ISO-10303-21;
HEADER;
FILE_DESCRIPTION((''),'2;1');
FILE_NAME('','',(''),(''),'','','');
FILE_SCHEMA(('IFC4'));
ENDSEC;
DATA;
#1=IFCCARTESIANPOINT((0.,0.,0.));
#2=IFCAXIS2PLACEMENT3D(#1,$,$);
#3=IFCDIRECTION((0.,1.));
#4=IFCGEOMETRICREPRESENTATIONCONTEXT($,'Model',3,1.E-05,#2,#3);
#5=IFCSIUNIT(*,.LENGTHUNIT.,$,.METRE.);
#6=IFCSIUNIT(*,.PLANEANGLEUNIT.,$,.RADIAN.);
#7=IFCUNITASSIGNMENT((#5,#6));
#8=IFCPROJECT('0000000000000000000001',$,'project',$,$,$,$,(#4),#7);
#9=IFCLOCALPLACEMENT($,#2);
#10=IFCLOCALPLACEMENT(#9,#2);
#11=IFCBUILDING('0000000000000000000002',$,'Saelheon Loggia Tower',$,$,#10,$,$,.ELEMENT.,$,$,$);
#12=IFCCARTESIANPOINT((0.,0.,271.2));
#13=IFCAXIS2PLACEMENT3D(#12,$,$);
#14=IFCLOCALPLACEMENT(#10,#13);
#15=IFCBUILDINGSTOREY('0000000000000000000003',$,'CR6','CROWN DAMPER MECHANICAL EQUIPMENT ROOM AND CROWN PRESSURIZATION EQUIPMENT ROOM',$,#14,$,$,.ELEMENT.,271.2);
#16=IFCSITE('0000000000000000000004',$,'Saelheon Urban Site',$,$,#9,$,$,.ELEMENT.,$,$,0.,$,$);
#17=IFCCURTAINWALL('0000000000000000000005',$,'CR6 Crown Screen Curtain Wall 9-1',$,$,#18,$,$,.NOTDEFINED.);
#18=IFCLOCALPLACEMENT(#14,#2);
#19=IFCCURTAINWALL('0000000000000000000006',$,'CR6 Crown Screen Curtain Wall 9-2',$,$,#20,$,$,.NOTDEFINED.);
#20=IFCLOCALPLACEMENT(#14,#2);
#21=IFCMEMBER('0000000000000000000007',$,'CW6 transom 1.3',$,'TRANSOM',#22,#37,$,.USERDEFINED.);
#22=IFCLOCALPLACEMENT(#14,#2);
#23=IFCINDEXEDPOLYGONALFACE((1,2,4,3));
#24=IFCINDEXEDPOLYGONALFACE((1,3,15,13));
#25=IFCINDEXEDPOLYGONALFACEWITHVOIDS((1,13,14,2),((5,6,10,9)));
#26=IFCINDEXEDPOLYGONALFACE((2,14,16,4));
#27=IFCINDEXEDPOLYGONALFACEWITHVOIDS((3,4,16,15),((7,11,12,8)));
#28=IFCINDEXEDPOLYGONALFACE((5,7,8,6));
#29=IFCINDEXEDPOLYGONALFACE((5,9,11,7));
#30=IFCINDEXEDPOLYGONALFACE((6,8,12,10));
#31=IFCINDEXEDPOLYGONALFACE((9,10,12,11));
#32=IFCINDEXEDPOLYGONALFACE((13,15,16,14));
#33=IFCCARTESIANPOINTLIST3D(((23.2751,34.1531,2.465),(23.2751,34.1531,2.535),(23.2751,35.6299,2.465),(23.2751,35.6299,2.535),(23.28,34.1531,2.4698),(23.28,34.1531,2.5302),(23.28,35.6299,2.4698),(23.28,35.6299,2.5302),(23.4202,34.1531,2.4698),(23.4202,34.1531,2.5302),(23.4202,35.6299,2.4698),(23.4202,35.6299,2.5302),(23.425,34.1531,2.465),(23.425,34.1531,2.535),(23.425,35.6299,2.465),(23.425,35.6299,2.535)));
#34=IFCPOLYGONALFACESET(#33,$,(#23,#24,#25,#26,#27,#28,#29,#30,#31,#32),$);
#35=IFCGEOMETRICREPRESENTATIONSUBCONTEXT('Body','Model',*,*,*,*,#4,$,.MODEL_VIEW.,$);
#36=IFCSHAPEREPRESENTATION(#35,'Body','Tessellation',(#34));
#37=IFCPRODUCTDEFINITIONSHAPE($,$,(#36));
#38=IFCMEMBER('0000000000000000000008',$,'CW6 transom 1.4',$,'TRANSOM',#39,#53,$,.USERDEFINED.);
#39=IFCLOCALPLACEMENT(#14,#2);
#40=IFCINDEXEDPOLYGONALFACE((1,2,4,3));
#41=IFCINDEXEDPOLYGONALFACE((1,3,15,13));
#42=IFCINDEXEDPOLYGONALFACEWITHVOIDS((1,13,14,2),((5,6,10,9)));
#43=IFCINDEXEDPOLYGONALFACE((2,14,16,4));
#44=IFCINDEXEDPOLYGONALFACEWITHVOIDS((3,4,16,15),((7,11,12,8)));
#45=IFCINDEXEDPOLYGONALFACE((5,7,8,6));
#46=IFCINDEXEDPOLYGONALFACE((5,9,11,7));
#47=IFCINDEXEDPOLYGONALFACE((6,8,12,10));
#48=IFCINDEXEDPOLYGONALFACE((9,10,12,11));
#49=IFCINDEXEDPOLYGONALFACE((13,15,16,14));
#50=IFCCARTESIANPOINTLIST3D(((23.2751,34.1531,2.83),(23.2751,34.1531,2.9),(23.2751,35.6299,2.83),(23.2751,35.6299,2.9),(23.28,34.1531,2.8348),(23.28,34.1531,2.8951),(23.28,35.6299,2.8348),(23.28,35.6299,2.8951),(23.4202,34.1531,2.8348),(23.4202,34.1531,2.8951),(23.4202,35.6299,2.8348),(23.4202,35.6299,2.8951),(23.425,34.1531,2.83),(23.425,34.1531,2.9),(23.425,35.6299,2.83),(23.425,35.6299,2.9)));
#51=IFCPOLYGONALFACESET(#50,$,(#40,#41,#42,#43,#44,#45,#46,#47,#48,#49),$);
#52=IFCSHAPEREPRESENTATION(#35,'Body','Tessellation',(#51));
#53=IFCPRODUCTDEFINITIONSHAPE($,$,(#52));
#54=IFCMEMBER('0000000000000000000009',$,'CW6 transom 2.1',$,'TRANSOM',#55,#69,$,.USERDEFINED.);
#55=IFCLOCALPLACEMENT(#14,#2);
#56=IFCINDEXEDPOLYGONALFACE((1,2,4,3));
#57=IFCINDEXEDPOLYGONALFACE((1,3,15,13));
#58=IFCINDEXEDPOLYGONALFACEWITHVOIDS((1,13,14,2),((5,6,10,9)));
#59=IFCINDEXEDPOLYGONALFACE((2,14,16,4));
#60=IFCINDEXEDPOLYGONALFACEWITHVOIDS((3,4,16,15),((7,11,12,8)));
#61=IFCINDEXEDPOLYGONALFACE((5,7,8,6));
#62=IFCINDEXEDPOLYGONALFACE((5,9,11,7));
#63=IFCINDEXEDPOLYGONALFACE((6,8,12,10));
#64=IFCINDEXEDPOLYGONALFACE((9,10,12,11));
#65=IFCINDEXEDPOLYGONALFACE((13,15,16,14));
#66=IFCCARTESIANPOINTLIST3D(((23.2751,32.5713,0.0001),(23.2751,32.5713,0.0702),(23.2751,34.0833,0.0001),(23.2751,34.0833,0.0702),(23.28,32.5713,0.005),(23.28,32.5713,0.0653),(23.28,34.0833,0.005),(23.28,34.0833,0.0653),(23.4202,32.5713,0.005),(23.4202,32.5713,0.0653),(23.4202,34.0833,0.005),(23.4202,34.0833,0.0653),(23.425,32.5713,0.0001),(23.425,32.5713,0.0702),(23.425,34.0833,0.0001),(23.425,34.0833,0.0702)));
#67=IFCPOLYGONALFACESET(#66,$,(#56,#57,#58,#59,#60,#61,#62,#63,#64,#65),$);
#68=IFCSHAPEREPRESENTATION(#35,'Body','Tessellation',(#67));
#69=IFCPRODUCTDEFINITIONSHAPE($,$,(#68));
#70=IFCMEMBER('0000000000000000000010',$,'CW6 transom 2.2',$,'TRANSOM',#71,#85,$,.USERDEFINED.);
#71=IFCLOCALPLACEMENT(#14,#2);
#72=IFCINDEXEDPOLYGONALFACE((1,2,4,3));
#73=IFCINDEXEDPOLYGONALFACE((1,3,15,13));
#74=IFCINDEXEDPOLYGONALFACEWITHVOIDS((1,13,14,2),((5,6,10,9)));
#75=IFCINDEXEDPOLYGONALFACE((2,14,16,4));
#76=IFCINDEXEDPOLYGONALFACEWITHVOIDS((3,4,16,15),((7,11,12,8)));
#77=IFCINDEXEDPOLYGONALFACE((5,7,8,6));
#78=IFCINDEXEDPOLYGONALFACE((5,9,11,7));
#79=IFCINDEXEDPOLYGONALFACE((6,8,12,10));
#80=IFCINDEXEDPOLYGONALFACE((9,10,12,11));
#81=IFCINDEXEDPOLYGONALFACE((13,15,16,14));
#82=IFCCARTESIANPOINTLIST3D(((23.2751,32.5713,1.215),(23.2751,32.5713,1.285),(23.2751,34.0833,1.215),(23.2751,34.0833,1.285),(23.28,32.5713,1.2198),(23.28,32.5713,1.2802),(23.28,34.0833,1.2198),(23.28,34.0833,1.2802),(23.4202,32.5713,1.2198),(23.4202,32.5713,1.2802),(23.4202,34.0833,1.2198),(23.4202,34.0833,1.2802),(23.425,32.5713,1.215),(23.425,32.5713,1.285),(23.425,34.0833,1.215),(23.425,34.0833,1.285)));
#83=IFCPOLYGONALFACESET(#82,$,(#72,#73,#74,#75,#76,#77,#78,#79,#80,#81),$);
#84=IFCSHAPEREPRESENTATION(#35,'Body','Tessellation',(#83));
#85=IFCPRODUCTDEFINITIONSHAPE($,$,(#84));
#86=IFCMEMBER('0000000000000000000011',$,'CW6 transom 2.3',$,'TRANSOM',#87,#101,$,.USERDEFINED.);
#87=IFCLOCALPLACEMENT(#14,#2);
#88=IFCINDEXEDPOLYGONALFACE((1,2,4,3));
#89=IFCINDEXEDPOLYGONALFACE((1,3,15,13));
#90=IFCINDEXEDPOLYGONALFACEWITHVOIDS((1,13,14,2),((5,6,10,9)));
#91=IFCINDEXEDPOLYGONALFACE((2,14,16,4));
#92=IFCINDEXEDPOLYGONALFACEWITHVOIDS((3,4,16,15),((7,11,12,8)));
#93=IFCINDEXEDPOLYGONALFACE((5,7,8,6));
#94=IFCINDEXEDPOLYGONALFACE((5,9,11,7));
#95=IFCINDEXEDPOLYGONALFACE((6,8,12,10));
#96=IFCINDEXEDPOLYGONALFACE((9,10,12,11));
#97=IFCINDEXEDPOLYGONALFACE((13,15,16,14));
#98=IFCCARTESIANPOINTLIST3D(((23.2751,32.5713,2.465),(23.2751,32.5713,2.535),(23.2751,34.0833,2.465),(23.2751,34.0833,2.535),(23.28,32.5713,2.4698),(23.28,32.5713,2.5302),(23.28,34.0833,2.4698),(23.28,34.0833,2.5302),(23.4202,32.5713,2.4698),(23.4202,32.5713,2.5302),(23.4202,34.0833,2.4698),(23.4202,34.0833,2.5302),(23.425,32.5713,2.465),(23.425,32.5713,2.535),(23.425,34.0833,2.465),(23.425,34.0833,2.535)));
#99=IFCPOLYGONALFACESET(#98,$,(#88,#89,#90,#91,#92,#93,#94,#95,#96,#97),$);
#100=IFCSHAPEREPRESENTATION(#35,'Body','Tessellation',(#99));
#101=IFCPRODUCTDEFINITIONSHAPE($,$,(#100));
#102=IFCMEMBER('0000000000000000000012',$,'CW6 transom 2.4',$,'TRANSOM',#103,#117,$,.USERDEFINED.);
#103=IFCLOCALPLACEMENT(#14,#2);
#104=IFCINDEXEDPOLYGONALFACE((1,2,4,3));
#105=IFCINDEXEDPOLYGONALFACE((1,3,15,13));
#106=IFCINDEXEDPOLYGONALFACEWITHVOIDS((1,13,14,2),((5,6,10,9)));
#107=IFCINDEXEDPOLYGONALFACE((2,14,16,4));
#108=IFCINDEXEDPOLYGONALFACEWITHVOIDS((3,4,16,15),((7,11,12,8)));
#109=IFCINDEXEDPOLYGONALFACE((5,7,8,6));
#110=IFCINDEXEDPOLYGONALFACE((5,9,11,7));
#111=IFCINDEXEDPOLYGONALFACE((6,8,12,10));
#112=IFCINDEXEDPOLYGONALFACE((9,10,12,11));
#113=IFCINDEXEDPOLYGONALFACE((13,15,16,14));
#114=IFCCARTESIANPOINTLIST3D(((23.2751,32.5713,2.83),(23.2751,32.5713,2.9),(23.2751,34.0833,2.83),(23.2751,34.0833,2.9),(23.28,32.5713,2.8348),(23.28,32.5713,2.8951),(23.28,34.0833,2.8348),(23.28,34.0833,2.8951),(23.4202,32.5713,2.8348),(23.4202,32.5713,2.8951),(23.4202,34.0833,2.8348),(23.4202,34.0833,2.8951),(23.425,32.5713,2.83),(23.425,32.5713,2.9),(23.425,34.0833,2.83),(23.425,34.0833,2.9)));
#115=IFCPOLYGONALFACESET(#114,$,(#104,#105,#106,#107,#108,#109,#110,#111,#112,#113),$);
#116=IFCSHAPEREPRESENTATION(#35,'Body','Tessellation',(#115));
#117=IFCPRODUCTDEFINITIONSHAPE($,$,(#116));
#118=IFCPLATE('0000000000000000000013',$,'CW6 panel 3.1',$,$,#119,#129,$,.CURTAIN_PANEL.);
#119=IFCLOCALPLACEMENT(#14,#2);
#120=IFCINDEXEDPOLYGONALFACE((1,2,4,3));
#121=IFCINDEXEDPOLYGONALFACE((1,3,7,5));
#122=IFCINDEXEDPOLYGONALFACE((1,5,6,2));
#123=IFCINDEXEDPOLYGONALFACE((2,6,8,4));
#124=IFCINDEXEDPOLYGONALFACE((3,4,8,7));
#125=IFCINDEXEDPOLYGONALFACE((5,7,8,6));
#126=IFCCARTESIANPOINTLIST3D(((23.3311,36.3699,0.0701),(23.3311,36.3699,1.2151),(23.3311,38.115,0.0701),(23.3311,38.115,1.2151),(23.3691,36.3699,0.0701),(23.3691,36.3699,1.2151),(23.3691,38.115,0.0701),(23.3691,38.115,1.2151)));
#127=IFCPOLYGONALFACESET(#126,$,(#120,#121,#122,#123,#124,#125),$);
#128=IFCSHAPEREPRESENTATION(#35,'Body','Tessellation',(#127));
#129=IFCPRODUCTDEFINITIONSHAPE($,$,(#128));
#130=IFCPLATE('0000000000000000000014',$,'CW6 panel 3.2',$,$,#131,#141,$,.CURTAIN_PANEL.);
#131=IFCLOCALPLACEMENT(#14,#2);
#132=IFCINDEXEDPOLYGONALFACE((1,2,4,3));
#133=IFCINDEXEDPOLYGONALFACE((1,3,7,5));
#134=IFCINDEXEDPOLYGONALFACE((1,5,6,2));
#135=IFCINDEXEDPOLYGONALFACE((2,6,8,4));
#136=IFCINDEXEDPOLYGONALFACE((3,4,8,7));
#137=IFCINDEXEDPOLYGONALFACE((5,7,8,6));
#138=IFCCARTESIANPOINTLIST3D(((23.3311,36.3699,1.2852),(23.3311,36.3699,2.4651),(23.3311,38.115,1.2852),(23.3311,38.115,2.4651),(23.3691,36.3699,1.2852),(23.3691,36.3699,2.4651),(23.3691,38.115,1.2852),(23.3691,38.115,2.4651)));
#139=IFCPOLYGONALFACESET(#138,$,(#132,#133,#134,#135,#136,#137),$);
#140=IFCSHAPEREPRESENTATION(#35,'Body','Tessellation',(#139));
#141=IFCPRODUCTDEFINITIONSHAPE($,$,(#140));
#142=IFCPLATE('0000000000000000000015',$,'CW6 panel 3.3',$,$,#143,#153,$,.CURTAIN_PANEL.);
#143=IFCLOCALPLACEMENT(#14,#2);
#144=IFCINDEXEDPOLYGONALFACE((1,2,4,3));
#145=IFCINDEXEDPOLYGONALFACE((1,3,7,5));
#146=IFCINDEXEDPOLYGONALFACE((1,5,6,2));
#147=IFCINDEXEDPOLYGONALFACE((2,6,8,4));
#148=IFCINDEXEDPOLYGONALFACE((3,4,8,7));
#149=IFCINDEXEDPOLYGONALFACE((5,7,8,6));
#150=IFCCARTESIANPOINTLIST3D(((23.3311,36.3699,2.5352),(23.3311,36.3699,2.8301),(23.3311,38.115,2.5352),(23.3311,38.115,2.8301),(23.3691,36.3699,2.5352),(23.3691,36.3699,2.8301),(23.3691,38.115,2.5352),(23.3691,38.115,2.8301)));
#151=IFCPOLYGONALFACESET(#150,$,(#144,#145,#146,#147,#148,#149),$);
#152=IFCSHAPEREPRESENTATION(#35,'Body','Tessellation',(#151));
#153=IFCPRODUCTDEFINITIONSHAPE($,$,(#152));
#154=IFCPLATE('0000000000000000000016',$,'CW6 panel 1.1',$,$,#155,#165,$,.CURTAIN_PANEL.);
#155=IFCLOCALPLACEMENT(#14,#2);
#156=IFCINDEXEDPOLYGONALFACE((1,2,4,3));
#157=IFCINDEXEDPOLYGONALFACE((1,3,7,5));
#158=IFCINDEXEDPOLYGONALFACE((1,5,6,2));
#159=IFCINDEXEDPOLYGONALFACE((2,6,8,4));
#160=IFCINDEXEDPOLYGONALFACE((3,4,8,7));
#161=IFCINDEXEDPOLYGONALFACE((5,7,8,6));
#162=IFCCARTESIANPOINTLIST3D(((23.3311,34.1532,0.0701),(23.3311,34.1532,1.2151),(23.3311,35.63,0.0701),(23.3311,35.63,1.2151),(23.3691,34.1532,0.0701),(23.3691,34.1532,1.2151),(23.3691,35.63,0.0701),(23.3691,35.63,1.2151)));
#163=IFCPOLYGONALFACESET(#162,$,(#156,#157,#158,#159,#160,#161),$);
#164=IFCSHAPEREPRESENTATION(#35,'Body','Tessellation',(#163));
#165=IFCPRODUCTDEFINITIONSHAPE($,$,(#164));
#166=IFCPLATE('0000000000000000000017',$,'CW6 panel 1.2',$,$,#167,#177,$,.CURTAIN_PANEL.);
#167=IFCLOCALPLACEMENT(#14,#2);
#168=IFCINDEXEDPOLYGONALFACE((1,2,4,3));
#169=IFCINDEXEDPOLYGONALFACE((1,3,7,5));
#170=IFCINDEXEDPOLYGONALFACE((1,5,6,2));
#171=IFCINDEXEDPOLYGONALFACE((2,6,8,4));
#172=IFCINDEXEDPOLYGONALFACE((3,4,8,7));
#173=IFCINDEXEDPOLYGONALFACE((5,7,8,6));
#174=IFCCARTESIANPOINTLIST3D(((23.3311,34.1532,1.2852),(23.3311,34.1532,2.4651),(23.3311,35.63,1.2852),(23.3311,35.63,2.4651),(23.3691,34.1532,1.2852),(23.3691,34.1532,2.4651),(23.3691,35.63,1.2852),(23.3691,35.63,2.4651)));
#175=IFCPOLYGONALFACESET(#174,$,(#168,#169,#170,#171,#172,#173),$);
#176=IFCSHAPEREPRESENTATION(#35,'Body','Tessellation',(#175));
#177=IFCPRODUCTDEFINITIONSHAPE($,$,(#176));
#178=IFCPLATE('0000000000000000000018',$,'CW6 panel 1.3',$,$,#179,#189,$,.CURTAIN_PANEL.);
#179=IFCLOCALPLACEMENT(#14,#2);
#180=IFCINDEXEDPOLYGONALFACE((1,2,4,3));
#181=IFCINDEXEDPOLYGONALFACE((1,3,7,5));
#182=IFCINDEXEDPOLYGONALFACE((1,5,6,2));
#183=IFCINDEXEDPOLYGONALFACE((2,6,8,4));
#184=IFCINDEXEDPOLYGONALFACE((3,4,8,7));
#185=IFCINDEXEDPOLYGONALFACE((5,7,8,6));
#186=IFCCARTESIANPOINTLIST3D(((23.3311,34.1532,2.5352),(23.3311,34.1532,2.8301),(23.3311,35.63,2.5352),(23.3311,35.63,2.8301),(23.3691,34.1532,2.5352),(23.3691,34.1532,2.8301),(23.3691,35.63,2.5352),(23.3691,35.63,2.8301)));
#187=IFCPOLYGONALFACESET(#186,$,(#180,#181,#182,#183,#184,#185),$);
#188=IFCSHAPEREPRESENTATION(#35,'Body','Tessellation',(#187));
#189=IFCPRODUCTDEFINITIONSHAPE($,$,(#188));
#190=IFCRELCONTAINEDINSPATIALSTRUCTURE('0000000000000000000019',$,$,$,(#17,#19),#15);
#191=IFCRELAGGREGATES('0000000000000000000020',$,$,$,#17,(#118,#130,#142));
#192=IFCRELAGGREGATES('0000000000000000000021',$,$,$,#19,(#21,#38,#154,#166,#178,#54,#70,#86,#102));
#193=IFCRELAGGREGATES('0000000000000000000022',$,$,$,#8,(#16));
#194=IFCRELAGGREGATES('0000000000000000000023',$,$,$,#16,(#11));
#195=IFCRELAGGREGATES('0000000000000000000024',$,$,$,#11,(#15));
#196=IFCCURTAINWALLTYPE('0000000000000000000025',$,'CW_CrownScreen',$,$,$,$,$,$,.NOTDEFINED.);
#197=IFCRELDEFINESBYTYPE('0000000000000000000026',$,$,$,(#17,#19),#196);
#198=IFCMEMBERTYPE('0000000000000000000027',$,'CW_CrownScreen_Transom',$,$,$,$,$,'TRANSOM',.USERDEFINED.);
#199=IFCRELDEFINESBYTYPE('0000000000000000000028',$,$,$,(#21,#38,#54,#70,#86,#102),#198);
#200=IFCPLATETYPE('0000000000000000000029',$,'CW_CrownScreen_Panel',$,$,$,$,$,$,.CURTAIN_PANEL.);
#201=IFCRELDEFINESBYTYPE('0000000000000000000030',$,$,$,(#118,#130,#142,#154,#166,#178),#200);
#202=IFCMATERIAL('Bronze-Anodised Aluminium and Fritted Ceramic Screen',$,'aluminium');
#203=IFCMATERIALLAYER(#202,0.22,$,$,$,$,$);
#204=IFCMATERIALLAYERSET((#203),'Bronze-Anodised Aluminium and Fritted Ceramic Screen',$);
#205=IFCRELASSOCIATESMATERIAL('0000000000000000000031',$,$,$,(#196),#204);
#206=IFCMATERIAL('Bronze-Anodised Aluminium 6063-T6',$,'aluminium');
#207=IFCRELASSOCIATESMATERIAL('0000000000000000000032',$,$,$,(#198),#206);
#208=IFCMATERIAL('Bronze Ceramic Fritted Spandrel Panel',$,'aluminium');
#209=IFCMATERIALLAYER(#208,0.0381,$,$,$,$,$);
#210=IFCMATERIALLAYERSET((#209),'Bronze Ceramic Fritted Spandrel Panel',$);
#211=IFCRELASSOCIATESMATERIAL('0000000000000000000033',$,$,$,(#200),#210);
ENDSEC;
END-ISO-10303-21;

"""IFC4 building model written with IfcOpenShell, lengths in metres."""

from ifc_helpers import new_model, si_unit, direction, frame, origin, origin_2d, place, context, subcontext, project, spatial, rectangle, hollow_rectangle, extrude, source, transform, mapped, material, layer, layer_set, material_profile, profile_set, type_object, element, aggregate, save


model = new_model("IFC4")

# Units and contexts
model_context = context("Model", 3, precision=1e-05, world=origin(), true_north=direction((0.0, 1.0)))
body_context = subcontext(model_context, "Body", "Model", "MODEL_VIEW")
ifc_project = project(units=[si_unit("LENGTHUNIT", "METRE"), si_unit("PLANEANGLEUNIT", "RADIAN")], contexts=[model_context])

# Site, building, storey
site_placement = place(None, origin())
site = spatial("IfcSite", under=ifc_project, at=site_placement, Name="Saelheon Urban Site", CompositionType="ELEMENT", RefElevation=0.0)
building_placement = place(site_placement, origin())
building = spatial("IfcBuilding", under=site, at=building_placement, Name="Saelheon Loggia Tower", CompositionType="ELEMENT")
storey_placement = place(building_placement, frame((0.0, 0.0, 271.2)))
storey = spatial("IfcBuildingStorey", under=building, at=storey_placement, Name="CR6", Description="CROWN DAMPER MECHANICAL EQUIPMENT ROOM AND CROWN PRESSURIZATION EQUIPMENT ROOM", CompositionType="ELEMENT", Elevation=271.2)

# Curtain wall
ifc_material_1 = material(Name="Bronze-Anodised Aluminium and Fritted Ceramic Screen", Category="aluminium")
ifc_layer_1 = layer(ifc_material_1, 0.22)
ifc_layer_set_1 = layer_set([ifc_layer_1], Name="Bronze-Anodised Aluminium and Fritted Ceramic Screen")
curtain_wall_type = type_object("IfcCurtainWallType", Name="CW_CrownScreen", PredefinedType="NOTDEFINED", material=ifc_layer_set_1)
curtain_wall_1_placement = place(storey_placement, origin())
curtain_wall_1 = element("IfcCurtainWall", 1, at=curtain_wall_1_placement, inside=storey, type_object=curtain_wall_type, Name="CR6 Crown Screen Curtain Wall 9-1", PredefinedType="NOTDEFINED")
ifc_material_2 = material(Name="Bronze-Anodised Aluminium 6063-T6", Category="aluminium")

# Curtain wall
curtain_wall_2_placement = place(storey_placement, origin())
curtain_wall_2 = element("IfcCurtainWall", 2, at=curtain_wall_2_placement, inside=storey, type_object=curtain_wall_type, Name="CR6 Crown Screen Curtain Wall 9-2", PredefinedType="NOTDEFINED")

# Members
ifc_material_profile_1 = material_profile(ifc_material_2, hollow_rectangle(XDim=0.0701, YDim=0.1499, WallThickness=0.0049, at=origin_2d()), Name="RHS-150x70x5")
ifc_profile_set_1 = profile_set([ifc_material_profile_1], Name="Bronze-Anodised Aluminium 6063-T6")
member_type_1 = type_object("IfcMemberType", Name="CW_CrownScreen_Transom", ElementType="TRANSOM", PredefinedType="USERDEFINED", material=ifc_profile_set_1)
shared_shape_1 = source(origin(), body_context, "Body", "SweptSolid", [
    extrude(hollow_rectangle(XDim=0.0701, YDim=0.1499, WallThickness=0.0049, at=origin_2d()), origin(), (0.0, 0.0, 1.0), 1.4768),
])
member_1_placement = place(storey_placement, frame((23.3501, 35.6299, 2.5), z_axis=(0.0, -1.0, 0.0), x_axis=(0.0, 0.0, 1.0)))
member_1 = element("IfcMember", 3, at=member_1_placement, type_object=member_type_1, Name="CW6 transom 1.3", ObjectType="TRANSOM", PredefinedType="USERDEFINED", context=body_context, shape_type="MappedRepresentation", body=[
    mapped(shared_shape_1, transform((0.0, 0.0, 0.0), scale=1.0)),
])
member_2_placement = place(storey_placement, frame((23.3501, 35.6299, 2.865), z_axis=(0.0, -1.0, 0.0), x_axis=(0.0, 0.0, 1.0)))
member_2 = element("IfcMember", 4, at=member_2_placement, type_object=member_type_1, Name="CW6 transom 1.4", ObjectType="TRANSOM", PredefinedType="USERDEFINED", context=body_context, shape_type="MappedRepresentation", body=[
    mapped(shared_shape_1, transform((0.0, 0.0, 0.0), scale=1.0)),
])
shared_shape_2 = source(origin(), body_context, "Body", "SweptSolid", [
    extrude(hollow_rectangle(XDim=0.0701, YDim=0.1499, WallThickness=0.0049, at=origin_2d()), origin(), (0.0, 0.0, 1.0), 1.512),
])
member_3_placement = place(storey_placement, frame((23.3501, 34.0833, 0.0352), z_axis=(0.0, -1.0, 0.0), x_axis=(0.0, 0.0, 1.0)))
member_3 = element("IfcMember", 5, at=member_3_placement, type_object=member_type_1, Name="CW6 transom 2.1", ObjectType="TRANSOM", PredefinedType="USERDEFINED", context=body_context, shape_type="MappedRepresentation", body=[
    mapped(shared_shape_2, transform((0.0, 0.0, 0.0), scale=1.0)),
])
member_4_placement = place(storey_placement, frame((23.3501, 34.0833, 1.25), z_axis=(0.0, -1.0, 0.0), x_axis=(0.0, 0.0, 1.0)))
member_4 = element("IfcMember", 6, at=member_4_placement, type_object=member_type_1, Name="CW6 transom 2.2", ObjectType="TRANSOM", PredefinedType="USERDEFINED", context=body_context, shape_type="MappedRepresentation", body=[
    mapped(shared_shape_2, transform((0.0, 0.0, 0.0), scale=1.0)),
])
member_5_placement = place(storey_placement, frame((23.3501, 34.0833, 2.5), z_axis=(0.0, -1.0, 0.0), x_axis=(0.0, 0.0, 1.0)))
member_5 = element("IfcMember", 7, at=member_5_placement, type_object=member_type_1, Name="CW6 transom 2.3", ObjectType="TRANSOM", PredefinedType="USERDEFINED", context=body_context, shape_type="MappedRepresentation", body=[
    mapped(shared_shape_2, transform((0.0, 0.0, 0.0), scale=1.0)),
])
member_6_placement = place(storey_placement, frame((23.3501, 34.0833, 2.865), z_axis=(0.0, -1.0, 0.0), x_axis=(0.0, 0.0, 1.0)))
member_6 = element("IfcMember", 8, at=member_6_placement, type_object=member_type_1, Name="CW6 transom 2.4", ObjectType="TRANSOM", PredefinedType="USERDEFINED", context=body_context, shape_type="MappedRepresentation", body=[
    mapped(shared_shape_2, transform((0.0, 0.0, 0.0), scale=1.0)),
])

# Plates
ifc_material_3 = material(Name="Bronze Ceramic Fritted Spandrel Panel", Category="aluminium")
ifc_layer_2 = layer(ifc_material_3, 0.0381)
ifc_layer_set_2 = layer_set([ifc_layer_2], Name="Bronze Ceramic Fritted Spandrel Panel")
plate_type = type_object("IfcPlateType", Name="CW_CrownScreen_Panel", PredefinedType="CURTAIN_PANEL", material=ifc_layer_set_2)
shared_shape_3 = source(origin(), body_context, "Body", "SweptSolid", [
    extrude(rectangle(XDim=1.7451, YDim=0.0381, at=origin_2d()), origin(), (0.0, 0.0, 1.0), 1.145),
])
plate_1_placement = place(storey_placement, frame((23.3501, 37.2424, 0.0701), z_axis=(0.0, 0.0, 1.0), x_axis=(0.0, -1.0, 0.0)))
plate_1 = element("IfcPlate", 9, at=plate_1_placement, type_object=plate_type, Name="CW6 panel 3.1", PredefinedType="CURTAIN_PANEL", context=body_context, shape_type="MappedRepresentation", body=[
    mapped(shared_shape_3, transform((0.0, 0.0, 0.0), scale=1.0)),
])
shared_shape_4 = source(origin(), body_context, "Body", "SweptSolid", [
    extrude(rectangle(XDim=1.7451, YDim=0.0381, at=origin_2d()), origin(), (0.0, 0.0, 1.0), 1.1799),
])
plate_2_placement = place(storey_placement, frame((23.3501, 37.2424, 1.2852), z_axis=(0.0, 0.0, 1.0), x_axis=(0.0, -1.0, 0.0)))
plate_2 = element("IfcPlate", 10, at=plate_2_placement, type_object=plate_type, Name="CW6 panel 3.2", PredefinedType="CURTAIN_PANEL", context=body_context, shape_type="MappedRepresentation", body=[
    mapped(shared_shape_4, transform((0.0, 0.0, 0.0), scale=1.0)),
])
shared_shape_5 = source(origin(), body_context, "Body", "SweptSolid", [
    extrude(rectangle(XDim=1.7451, YDim=0.0381, at=origin_2d()), origin(), (0.0, 0.0, 1.0), 0.2949),
])
plate_3_placement = place(storey_placement, frame((23.3501, 37.2424, 2.5352), z_axis=(0.0, 0.0, 1.0), x_axis=(0.0, -1.0, 0.0)))
plate_3 = element("IfcPlate", 11, at=plate_3_placement, type_object=plate_type, Name="CW6 panel 3.3", PredefinedType="CURTAIN_PANEL", context=body_context, shape_type="MappedRepresentation", body=[
    mapped(shared_shape_5, transform((0.0, 0.0, 0.0), scale=1.0)),
])
aggregate(curtain_wall_1, [plate_1, plate_2, plate_3])
shared_shape_6 = source(origin(), body_context, "Body", "SweptSolid", [
    extrude(rectangle(XDim=1.4768, YDim=0.0381, at=origin_2d()), origin(), (0.0, 0.0, 1.0), 1.145),
])
plate_4_placement = place(storey_placement, frame((23.3501, 34.8916, 0.0701), z_axis=(0.0, 0.0, 1.0), x_axis=(0.0, -1.0, 0.0)))
plate_4 = element("IfcPlate", 12, at=plate_4_placement, type_object=plate_type, Name="CW6 panel 1.1", PredefinedType="CURTAIN_PANEL", context=body_context, shape_type="MappedRepresentation", body=[
    mapped(shared_shape_6, transform((0.0, 0.0, 0.0), scale=1.0)),
])
shared_shape_7 = source(origin(), body_context, "Body", "SweptSolid", [
    extrude(rectangle(XDim=1.4768, YDim=0.0381, at=origin_2d()), origin(), (0.0, 0.0, 1.0), 1.1799),
])
plate_5_placement = place(storey_placement, frame((23.3501, 34.8916, 1.2852), z_axis=(0.0, 0.0, 1.0), x_axis=(0.0, -1.0, 0.0)))
plate_5 = element("IfcPlate", 13, at=plate_5_placement, type_object=plate_type, Name="CW6 panel 1.2", PredefinedType="CURTAIN_PANEL", context=body_context, shape_type="MappedRepresentation", body=[
    mapped(shared_shape_7, transform((0.0, 0.0, 0.0), scale=1.0)),
])
shared_shape_8 = source(origin(), body_context, "Body", "SweptSolid", [
    extrude(rectangle(XDim=1.4768, YDim=0.0381, at=origin_2d()), origin(), (0.0, 0.0, 1.0), 0.2949),
])
plate_6_placement = place(storey_placement, frame((23.3501, 34.8916, 2.5352), z_axis=(0.0, 0.0, 1.0), x_axis=(0.0, -1.0, 0.0)))
plate_6 = element("IfcPlate", 14, at=plate_6_placement, type_object=plate_type, Name="CW6 panel 1.3", PredefinedType="CURTAIN_PANEL", context=body_context, shape_type="MappedRepresentation", body=[
    mapped(shared_shape_8, transform((0.0, 0.0, 0.0), scale=1.0)),
])
aggregate(curtain_wall_2, [member_1, member_2, plate_4, plate_5, plate_6, member_3, member_4, member_5, member_6])

save(model, "model.ifc")
